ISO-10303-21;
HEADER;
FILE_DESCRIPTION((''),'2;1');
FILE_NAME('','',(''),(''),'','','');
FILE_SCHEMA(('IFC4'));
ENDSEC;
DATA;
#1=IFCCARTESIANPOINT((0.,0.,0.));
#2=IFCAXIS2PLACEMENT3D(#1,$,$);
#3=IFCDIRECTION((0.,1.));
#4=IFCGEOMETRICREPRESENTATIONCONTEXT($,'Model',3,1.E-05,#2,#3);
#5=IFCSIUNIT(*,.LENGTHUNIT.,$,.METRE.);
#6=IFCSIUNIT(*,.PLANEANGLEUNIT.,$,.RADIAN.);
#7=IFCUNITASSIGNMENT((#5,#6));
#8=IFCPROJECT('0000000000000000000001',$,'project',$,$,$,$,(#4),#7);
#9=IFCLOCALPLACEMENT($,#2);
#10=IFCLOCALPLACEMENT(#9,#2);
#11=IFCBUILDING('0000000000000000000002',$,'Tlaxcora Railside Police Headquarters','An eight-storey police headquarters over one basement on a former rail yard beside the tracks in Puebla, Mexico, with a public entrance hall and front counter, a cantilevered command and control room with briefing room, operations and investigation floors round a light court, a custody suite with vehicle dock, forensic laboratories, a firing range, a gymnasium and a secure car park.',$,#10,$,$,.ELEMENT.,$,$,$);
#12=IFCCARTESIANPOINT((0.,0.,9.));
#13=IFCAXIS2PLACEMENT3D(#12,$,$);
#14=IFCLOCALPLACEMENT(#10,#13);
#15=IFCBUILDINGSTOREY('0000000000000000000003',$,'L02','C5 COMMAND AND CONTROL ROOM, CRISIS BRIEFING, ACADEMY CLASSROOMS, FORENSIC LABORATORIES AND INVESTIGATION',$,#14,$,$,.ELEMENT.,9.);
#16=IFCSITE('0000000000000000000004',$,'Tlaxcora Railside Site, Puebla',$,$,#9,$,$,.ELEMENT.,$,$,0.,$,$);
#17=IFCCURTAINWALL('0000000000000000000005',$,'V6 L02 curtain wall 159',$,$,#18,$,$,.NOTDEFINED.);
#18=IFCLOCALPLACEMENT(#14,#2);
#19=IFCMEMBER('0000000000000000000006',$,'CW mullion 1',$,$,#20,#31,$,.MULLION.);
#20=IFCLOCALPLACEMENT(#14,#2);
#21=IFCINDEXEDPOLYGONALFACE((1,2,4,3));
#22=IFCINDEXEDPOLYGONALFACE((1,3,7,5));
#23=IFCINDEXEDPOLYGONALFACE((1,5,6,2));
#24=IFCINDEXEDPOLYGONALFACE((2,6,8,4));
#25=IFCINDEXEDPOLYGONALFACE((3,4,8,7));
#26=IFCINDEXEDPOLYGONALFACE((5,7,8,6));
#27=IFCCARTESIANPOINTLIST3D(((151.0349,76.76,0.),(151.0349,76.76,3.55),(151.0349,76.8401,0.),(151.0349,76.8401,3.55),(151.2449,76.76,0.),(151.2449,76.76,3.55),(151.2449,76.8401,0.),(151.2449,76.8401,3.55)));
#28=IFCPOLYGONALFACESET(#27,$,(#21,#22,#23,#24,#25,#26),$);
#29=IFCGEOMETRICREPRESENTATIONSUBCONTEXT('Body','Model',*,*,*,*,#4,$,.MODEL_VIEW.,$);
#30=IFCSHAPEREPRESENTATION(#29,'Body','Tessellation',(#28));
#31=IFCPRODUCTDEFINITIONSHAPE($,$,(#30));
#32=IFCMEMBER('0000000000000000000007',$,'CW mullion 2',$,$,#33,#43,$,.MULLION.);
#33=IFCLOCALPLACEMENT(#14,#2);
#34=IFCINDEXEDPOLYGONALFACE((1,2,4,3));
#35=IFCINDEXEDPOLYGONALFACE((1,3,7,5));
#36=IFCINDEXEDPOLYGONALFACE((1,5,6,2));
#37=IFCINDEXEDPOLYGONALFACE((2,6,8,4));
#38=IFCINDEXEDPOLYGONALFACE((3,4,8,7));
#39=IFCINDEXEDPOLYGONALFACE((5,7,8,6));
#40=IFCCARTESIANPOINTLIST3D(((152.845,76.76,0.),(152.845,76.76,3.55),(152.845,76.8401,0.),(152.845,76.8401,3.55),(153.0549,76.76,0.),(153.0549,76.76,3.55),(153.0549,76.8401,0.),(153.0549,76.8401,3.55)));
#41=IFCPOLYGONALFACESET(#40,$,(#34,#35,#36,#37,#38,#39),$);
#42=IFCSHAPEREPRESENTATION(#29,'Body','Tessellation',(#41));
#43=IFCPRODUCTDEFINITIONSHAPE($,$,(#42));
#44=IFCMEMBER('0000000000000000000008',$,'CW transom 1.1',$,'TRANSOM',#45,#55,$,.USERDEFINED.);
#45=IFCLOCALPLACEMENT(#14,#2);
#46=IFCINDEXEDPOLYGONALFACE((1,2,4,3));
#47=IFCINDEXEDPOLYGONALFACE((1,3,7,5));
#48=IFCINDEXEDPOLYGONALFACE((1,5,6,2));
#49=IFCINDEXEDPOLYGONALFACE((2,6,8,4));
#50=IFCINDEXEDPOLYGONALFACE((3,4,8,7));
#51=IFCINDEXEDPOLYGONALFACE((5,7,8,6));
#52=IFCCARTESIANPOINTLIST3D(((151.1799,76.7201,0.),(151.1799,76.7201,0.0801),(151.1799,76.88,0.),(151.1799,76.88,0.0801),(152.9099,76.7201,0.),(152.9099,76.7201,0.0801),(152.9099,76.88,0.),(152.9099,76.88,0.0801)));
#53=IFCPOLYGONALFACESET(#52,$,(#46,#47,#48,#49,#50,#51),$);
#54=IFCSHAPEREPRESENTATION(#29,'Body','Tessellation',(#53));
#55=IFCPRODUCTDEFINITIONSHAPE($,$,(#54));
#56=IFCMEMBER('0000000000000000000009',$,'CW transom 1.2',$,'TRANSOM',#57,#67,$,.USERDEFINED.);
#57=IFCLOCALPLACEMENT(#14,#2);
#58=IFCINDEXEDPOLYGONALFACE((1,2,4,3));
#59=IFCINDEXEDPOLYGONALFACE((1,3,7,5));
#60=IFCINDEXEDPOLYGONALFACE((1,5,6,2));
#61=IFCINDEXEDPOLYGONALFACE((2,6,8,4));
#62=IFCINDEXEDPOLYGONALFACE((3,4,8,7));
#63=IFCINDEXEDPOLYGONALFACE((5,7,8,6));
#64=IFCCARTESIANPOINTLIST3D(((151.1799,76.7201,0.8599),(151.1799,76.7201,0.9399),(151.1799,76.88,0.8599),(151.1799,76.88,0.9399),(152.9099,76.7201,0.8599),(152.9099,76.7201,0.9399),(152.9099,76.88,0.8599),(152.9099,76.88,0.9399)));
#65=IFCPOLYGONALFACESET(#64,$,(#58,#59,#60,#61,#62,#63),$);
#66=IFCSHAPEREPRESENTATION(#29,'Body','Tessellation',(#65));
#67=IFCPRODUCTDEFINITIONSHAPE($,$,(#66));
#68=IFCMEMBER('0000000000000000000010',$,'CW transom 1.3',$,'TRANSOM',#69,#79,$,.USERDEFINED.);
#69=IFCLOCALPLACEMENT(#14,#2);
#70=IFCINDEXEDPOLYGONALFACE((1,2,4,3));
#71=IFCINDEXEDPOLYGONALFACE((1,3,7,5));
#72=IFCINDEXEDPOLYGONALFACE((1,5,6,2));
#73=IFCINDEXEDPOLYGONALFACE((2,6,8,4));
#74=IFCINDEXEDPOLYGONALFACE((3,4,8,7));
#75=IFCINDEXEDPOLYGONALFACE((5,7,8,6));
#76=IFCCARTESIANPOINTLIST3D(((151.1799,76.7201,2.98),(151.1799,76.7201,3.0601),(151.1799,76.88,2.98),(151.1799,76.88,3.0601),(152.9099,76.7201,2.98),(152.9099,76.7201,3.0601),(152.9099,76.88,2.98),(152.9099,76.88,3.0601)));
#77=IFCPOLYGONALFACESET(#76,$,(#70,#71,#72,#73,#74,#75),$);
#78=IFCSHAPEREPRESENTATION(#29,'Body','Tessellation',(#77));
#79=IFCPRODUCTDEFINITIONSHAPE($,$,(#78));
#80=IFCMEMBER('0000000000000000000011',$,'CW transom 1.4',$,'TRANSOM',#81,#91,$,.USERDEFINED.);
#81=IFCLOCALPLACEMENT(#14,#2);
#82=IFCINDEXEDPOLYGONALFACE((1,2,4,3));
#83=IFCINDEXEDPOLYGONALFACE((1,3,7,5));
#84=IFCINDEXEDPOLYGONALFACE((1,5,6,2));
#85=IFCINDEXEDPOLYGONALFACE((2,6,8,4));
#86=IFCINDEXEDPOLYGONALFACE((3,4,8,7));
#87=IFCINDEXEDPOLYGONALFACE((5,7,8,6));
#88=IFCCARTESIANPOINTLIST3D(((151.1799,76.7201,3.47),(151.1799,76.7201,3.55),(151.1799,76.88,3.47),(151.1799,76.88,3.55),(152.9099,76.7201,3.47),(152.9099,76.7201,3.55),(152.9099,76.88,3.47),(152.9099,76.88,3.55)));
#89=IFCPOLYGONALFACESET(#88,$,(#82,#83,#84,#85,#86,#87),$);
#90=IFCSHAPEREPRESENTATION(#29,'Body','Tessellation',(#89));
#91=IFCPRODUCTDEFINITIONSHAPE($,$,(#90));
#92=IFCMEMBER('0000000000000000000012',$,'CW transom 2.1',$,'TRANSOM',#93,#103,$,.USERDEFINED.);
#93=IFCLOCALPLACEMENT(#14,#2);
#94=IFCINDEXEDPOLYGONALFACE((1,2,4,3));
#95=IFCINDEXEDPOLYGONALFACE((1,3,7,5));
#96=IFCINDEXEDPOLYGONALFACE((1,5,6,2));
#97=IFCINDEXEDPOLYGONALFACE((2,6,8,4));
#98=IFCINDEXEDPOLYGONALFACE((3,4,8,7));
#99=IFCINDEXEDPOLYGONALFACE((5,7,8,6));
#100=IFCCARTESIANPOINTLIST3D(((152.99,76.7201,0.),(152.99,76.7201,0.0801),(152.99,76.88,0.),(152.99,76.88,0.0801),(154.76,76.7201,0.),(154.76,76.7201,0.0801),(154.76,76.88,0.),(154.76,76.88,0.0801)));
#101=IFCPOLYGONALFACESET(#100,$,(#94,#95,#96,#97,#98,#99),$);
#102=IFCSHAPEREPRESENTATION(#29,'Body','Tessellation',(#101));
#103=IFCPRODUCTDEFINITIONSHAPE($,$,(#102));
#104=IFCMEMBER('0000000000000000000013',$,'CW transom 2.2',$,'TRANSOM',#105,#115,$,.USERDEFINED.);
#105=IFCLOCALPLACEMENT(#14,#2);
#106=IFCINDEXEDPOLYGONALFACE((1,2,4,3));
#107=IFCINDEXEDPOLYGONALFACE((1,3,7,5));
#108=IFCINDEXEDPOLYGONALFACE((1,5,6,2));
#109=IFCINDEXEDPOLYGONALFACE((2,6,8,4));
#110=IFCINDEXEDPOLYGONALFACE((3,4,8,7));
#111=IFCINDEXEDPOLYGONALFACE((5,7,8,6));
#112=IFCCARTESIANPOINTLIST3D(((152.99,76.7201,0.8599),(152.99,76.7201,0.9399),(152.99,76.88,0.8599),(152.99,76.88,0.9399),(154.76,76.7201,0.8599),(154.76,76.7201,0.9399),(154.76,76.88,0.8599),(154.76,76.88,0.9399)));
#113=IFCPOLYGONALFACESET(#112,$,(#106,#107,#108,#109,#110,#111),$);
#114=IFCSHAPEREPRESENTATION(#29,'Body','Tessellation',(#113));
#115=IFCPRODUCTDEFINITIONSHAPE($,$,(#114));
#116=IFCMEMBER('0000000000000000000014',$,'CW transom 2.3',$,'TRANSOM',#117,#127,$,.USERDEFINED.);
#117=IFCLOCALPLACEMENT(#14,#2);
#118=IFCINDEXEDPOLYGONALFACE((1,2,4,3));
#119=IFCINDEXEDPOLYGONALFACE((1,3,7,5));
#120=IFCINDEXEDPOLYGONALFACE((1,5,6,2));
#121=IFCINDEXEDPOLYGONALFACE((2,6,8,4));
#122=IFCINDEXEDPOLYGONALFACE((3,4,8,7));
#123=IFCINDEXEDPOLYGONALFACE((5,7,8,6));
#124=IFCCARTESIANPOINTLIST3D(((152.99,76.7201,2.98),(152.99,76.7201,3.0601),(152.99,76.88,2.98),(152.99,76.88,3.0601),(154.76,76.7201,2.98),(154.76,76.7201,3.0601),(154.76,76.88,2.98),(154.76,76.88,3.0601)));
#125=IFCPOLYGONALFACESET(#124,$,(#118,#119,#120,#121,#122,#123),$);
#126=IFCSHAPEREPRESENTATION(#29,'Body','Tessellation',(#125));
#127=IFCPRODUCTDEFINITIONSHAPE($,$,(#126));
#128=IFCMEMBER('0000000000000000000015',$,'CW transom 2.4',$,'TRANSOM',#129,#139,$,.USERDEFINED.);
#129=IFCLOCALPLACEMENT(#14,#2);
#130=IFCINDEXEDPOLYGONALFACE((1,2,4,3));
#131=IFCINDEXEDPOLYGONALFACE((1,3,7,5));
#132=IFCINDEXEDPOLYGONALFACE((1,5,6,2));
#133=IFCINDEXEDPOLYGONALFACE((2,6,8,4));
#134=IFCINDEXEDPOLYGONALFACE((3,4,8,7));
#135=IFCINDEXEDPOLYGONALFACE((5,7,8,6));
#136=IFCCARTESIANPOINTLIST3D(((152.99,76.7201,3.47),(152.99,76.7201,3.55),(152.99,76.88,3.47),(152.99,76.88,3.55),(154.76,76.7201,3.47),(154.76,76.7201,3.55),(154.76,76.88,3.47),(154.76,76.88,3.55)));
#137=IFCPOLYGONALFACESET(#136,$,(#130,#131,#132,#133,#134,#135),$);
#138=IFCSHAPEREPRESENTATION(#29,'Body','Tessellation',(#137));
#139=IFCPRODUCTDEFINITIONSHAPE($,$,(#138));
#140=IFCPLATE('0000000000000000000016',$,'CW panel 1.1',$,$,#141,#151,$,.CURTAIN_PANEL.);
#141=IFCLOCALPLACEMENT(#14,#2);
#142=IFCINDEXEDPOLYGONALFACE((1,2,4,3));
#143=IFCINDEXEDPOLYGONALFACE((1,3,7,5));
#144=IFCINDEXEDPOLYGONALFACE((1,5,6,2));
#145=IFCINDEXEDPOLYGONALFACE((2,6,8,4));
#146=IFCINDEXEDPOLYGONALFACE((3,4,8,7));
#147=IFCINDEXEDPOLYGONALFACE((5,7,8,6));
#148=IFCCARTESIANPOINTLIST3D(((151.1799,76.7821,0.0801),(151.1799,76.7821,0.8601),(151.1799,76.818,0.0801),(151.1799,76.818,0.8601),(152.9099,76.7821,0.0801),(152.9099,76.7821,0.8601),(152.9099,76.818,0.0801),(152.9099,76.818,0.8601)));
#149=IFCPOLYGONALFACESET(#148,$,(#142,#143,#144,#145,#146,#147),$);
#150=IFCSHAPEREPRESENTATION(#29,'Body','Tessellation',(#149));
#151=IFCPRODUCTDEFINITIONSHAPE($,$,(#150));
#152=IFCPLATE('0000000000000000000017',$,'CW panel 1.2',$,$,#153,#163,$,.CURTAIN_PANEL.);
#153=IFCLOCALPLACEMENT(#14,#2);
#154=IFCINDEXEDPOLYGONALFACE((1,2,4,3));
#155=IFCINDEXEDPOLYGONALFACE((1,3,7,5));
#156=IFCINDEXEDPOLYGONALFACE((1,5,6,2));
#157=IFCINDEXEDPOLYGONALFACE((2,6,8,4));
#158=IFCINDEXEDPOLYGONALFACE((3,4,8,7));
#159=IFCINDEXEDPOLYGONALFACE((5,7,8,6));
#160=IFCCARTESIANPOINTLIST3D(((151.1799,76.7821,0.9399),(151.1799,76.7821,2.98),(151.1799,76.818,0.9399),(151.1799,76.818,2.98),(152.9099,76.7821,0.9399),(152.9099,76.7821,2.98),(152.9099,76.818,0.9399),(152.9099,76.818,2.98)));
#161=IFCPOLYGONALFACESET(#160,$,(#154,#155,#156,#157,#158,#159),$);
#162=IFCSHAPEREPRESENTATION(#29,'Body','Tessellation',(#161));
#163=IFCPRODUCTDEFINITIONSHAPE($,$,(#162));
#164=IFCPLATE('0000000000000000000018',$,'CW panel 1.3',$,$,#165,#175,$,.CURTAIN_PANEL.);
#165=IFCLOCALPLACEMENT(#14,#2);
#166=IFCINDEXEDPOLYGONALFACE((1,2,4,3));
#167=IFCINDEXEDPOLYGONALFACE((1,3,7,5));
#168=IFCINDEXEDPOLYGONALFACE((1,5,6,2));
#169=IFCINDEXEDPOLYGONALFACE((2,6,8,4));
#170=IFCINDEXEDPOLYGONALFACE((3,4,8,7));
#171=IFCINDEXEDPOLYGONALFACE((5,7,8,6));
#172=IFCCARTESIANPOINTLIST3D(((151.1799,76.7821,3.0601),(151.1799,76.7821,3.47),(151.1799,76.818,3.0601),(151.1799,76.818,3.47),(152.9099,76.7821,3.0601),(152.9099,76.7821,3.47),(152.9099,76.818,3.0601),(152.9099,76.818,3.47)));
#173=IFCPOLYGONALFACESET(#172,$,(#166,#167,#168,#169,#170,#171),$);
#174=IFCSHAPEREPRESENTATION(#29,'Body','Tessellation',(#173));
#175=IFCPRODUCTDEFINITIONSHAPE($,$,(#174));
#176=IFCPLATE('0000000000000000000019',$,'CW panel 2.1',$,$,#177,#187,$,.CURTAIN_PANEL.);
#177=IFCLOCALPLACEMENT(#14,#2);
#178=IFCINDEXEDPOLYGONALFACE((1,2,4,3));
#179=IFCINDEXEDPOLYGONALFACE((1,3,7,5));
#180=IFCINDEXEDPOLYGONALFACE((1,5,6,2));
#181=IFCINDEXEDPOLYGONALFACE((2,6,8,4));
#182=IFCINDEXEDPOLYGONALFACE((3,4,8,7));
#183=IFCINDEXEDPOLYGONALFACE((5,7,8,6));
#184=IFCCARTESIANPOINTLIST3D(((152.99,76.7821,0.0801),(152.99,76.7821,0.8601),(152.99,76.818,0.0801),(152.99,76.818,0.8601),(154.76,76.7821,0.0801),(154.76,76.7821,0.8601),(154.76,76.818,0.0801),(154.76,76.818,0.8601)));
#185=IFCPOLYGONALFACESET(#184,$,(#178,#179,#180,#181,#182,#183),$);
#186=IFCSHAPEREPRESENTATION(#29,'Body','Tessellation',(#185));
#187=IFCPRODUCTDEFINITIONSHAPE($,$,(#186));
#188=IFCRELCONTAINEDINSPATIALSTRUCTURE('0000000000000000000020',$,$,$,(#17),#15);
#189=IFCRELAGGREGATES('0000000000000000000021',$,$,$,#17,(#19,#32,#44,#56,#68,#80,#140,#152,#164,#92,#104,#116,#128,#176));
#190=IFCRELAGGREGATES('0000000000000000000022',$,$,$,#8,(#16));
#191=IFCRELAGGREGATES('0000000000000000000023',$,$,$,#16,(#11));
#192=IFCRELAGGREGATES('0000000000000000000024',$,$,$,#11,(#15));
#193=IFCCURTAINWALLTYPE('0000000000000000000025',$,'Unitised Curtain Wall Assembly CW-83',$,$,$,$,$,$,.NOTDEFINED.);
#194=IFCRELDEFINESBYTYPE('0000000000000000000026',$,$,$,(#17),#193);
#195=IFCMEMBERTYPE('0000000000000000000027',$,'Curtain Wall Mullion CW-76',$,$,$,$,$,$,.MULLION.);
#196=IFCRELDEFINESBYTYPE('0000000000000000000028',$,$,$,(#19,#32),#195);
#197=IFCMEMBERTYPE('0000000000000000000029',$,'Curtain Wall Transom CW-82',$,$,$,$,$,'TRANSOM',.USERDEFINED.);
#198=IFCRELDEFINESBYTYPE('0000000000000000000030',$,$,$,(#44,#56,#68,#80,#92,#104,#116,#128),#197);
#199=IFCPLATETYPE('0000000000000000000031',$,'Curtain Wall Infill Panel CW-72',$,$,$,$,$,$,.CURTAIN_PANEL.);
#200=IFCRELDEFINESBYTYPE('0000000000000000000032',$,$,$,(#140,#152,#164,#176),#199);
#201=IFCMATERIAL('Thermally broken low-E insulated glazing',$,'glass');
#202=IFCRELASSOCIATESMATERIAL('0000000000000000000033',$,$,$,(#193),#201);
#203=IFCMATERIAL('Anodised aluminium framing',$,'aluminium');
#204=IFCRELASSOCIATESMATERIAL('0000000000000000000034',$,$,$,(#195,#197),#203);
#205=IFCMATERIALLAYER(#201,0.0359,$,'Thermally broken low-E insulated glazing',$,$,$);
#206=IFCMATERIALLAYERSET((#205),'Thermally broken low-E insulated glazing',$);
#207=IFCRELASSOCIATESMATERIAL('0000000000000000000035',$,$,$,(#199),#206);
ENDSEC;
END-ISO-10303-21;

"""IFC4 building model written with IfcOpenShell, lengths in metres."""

from ifc_helpers import new_model, si_unit, direction, frame, origin, origin_2d, place, context, subcontext, project, spatial, rectangle, extrude, material, layer, layer_set, material_profile, profile_set, type_object, element, aggregate, save


model = new_model("IFC4")

# Units and contexts
model_context = context("Model", 3, precision=1e-05, world=origin(), true_north=direction((0.0, 1.0)))
body_context = subcontext(model_context, "Body", "Model", "MODEL_VIEW")
ifc_project = project(units=[si_unit("LENGTHUNIT", "METRE"), si_unit("PLANEANGLEUNIT", "RADIAN")], contexts=[model_context])

# Site, building, storey
site_placement = place(None, origin())
site = spatial("IfcSite", under=ifc_project, at=site_placement, Name="Tlaxcora Railside Site, Puebla", CompositionType="ELEMENT", RefElevation=0.0)
building_placement = place(site_placement, origin())
building = spatial("IfcBuilding", under=site, at=building_placement, Name="Tlaxcora Railside Police Headquarters", Description="An eight-storey police headquarters over one basement on a former rail yard beside the tracks in Puebla, Mexico, with a public entrance hall and front counter, a cantilevered command and control room with briefing room, operations and investigation floors round a light court, a custody suite with vehicle dock, forensic laboratories, a firing range, a gymnasium and a secure car park.", CompositionType="ELEMENT")
storey_placement = place(building_placement, frame((0.0, 0.0, 9.0)))
storey = spatial("IfcBuildingStorey", under=building, at=storey_placement, Name="L02", Description="C5 COMMAND AND CONTROL ROOM, CRISIS BRIEFING, ACADEMY CLASSROOMS, FORENSIC LABORATORIES AND INVESTIGATION", CompositionType="ELEMENT", Elevation=9.0)

# Curtain wall, members, plates
ifc_material_1 = material(Name="Thermally broken low-E insulated glazing", Category="glass")
curtain_wall_type = type_object("IfcCurtainWallType", Name="Unitised Curtain Wall Assembly CW-83", PredefinedType="NOTDEFINED", material=ifc_material_1)
curtain_wall_placement = place(storey_placement, origin())
curtain_wall = element("IfcCurtainWall", 1, at=curtain_wall_placement, inside=storey, type_object=curtain_wall_type, Name="V6 L02 curtain wall 159", PredefinedType="NOTDEFINED")
ifc_material_2 = material(Name="Anodised aluminium framing", Category="aluminium")
ifc_material_profile_1 = material_profile(ifc_material_2, rectangle(XDim=0.0801, YDim=0.21, at=origin_2d()), Name="AL80X210")
ifc_profile_set_1 = profile_set([ifc_material_profile_1], Name="Anodised aluminium framing")
member_type_1 = type_object("IfcMemberType", Name="Curtain Wall Mullion CW-76", PredefinedType="MULLION", material=ifc_profile_set_1)
member_1_placement = place(storey_placement, frame((151.1399, 76.8, 0.0), z_axis=(0.0, 0.0, 1.0), x_axis=(0.0, 1.0, 0.0)))
member_1 = element("IfcMember", 2, at=member_1_placement, type_object=member_type_1, Name="CW mullion 1", PredefinedType="MULLION", context=body_context, shape_type="SweptSolid", body=[
    extrude(rectangle(XDim=0.0801, YDim=0.21, at=origin_2d()), origin(), (0.0, 0.0, 1.0), 3.55),
])
member_2_placement = place(storey_placement, frame((152.95, 76.8, 0.0), z_axis=(0.0, 0.0, 1.0), x_axis=(0.0, 1.0, 0.0)))
member_2 = element("IfcMember", 3, at=member_2_placement, type_object=member_type_1, Name="CW mullion 2", PredefinedType="MULLION", context=body_context, shape_type="SweptSolid", body=[
    extrude(rectangle(XDim=0.0801, YDim=0.21, at=origin_2d()), origin(), (0.0, 0.0, 1.0), 3.55),
])
ifc_material_profile_2 = material_profile(ifc_material_2, rectangle(XDim=0.1599, YDim=0.0801, at=origin_2d()), Name="AL80X160")
ifc_profile_set_2 = profile_set([ifc_material_profile_2], Name="Anodised aluminium framing")
member_type_2 = type_object("IfcMemberType", Name="Curtain Wall Transom CW-82", ElementType="TRANSOM", PredefinedType="USERDEFINED", material=ifc_profile_set_2)
member_3_placement = place(storey_placement, frame((151.1799, 76.8, 0.04), z_axis=(1.0, 0.0, 0.0), x_axis=(0.0, 1.0, 0.0)))
member_3 = element("IfcMember", 4, at=member_3_placement, type_object=member_type_2, Name="CW transom 1.1", ObjectType="TRANSOM", PredefinedType="USERDEFINED", context=body_context, shape_type="SweptSolid", body=[
    extrude(rectangle(XDim=0.1599, YDim=0.0801, at=origin_2d()), origin(), (0.0, 0.0, 1.0), 1.73),
])
member_4_placement = place(storey_placement, frame((151.1799, 76.8, 0.8999), z_axis=(1.0, 0.0, 0.0), x_axis=(0.0, 1.0, 0.0)))
member_4 = element("IfcMember", 5, at=member_4_placement, type_object=member_type_2, Name="CW transom 1.2", ObjectType="TRANSOM", PredefinedType="USERDEFINED", context=body_context, shape_type="SweptSolid", body=[
    extrude(rectangle(XDim=0.1599, YDim=0.0801, at=origin_2d()), origin(), (0.0, 0.0, 1.0), 1.73),
])
member_5_placement = place(storey_placement, frame((151.1799, 76.8, 3.02), z_axis=(1.0, 0.0, 0.0), x_axis=(0.0, 1.0, 0.0)))
member_5 = element("IfcMember", 6, at=member_5_placement, type_object=member_type_2, Name="CW transom 1.3", ObjectType="TRANSOM", PredefinedType="USERDEFINED", context=body_context, shape_type="SweptSolid", body=[
    extrude(rectangle(XDim=0.1599, YDim=0.0801, at=origin_2d()), origin(), (0.0, 0.0, 1.0), 1.73),
])
member_6_placement = place(storey_placement, frame((151.1799, 76.8, 3.51), z_axis=(1.0, 0.0, 0.0), x_axis=(0.0, 1.0, 0.0)))
member_6 = element("IfcMember", 7, at=member_6_placement, type_object=member_type_2, Name="CW transom 1.4", ObjectType="TRANSOM", PredefinedType="USERDEFINED", context=body_context, shape_type="SweptSolid", body=[
    extrude(rectangle(XDim=0.1599, YDim=0.0801, at=origin_2d()), origin(), (0.0, 0.0, 1.0), 1.73),
])
member_7_placement = place(storey_placement, frame((152.99, 76.8, 0.04), z_axis=(1.0, 0.0, 0.0), x_axis=(0.0, 1.0, 0.0)))
member_7 = element("IfcMember", 8, at=member_7_placement, type_object=member_type_2, Name="CW transom 2.1", ObjectType="TRANSOM", PredefinedType="USERDEFINED", context=body_context, shape_type="SweptSolid", body=[
    extrude(rectangle(XDim=0.1599, YDim=0.0801, at=origin_2d()), origin(), (0.0, 0.0, 1.0), 1.77),
])
member_8_placement = place(storey_placement, frame((152.99, 76.8, 0.8999), z_axis=(1.0, 0.0, 0.0), x_axis=(0.0, 1.0, 0.0)))
member_8 = element("IfcMember", 9, at=member_8_placement, type_object=member_type_2, Name="CW transom 2.2", ObjectType="TRANSOM", PredefinedType="USERDEFINED", context=body_context, shape_type="SweptSolid", body=[
    extrude(rectangle(XDim=0.1599, YDim=0.0801, at=origin_2d()), origin(), (0.0, 0.0, 1.0), 1.77),
])
member_9_placement = place(storey_placement, frame((152.99, 76.8, 3.02), z_axis=(1.0, 0.0, 0.0), x_axis=(0.0, 1.0, 0.0)))
member_9 = element("IfcMember", 10, at=member_9_placement, type_object=member_type_2, Name="CW transom 2.3", ObjectType="TRANSOM", PredefinedType="USERDEFINED", context=body_context, shape_type="SweptSolid", body=[
    extrude(rectangle(XDim=0.1599, YDim=0.0801, at=origin_2d()), origin(), (0.0, 0.0, 1.0), 1.77),
])
member_10_placement = place(storey_placement, frame((152.99, 76.8, 3.51), z_axis=(1.0, 0.0, 0.0), x_axis=(0.0, 1.0, 0.0)))
member_10 = element("IfcMember", 11, at=member_10_placement, type_object=member_type_2, Name="CW transom 2.4", ObjectType="TRANSOM", PredefinedType="USERDEFINED", context=body_context, shape_type="SweptSolid", body=[
    extrude(rectangle(XDim=0.1599, YDim=0.0801, at=origin_2d()), origin(), (0.0, 0.0, 1.0), 1.77),
])
ifc_layer_1 = layer(ifc_material_1, 0.0359, Name="Thermally broken low-E insulated glazing")
ifc_layer_set_1 = layer_set([ifc_layer_1], Name="Thermally broken low-E insulated glazing")
plate_type = type_object("IfcPlateType", Name="Curtain Wall Infill Panel CW-72", PredefinedType="CURTAIN_PANEL", material=ifc_layer_set_1)
plate_1_placement = place(storey_placement, frame((152.0449, 76.8, 0.0801), z_axis=(0.0, 0.0, 1.0), x_axis=(1.0, 0.0, 0.0)))
plate_1 = element("IfcPlate", 12, at=plate_1_placement, type_object=plate_type, Name="CW panel 1.1", PredefinedType="CURTAIN_PANEL", context=body_context, shape_type="SweptSolid", body=[
    extrude(rectangle(XDim=1.73, YDim=0.0359, at=origin_2d()), origin(), (0.0, 0.0, 1.0), 0.78),
])
plate_2_placement = place(storey_placement, frame((152.0449, 76.8, 0.9399), z_axis=(0.0, 0.0, 1.0), x_axis=(1.0, 0.0, 0.0)))
plate_2 = element("IfcPlate", 13, at=plate_2_placement, type_object=plate_type, Name="CW panel 1.2", PredefinedType="CURTAIN_PANEL", context=body_context, shape_type="SweptSolid", body=[
    extrude(rectangle(XDim=1.73, YDim=0.0359, at=origin_2d()), origin(), (0.0, 0.0, 1.0), 2.04),
])
plate_3_placement = place(storey_placement, frame((152.0449, 76.8, 3.0601), z_axis=(0.0, 0.0, 1.0), x_axis=(1.0, 0.0, 0.0)))
plate_3 = element("IfcPlate", 14, at=plate_3_placement, type_object=plate_type, Name="CW panel 1.3", PredefinedType="CURTAIN_PANEL", context=body_context, shape_type="SweptSolid", body=[
    extrude(rectangle(XDim=1.73, YDim=0.0359, at=origin_2d()), origin(), (0.0, 0.0, 1.0), 0.4099),
])
plate_4_placement = place(storey_placement, frame((153.875, 76.8, 0.0801), z_axis=(0.0, 0.0, 1.0), x_axis=(1.0, 0.0, 0.0)))
plate_4 = element("IfcPlate", 15, at=plate_4_placement, type_object=plate_type, Name="CW panel 2.1", PredefinedType="CURTAIN_PANEL", context=body_context, shape_type="SweptSolid", body=[
    extrude(rectangle(XDim=1.77, YDim=0.0359, at=origin_2d()), origin(), (0.0, 0.0, 1.0), 0.78),
])
aggregate(curtain_wall, [member_1, member_2, member_3, member_4, member_5, member_6, plate_1, plate_2, plate_3, member_7, member_8, member_9, member_10, plate_4])

save(model, "model.ifc")
